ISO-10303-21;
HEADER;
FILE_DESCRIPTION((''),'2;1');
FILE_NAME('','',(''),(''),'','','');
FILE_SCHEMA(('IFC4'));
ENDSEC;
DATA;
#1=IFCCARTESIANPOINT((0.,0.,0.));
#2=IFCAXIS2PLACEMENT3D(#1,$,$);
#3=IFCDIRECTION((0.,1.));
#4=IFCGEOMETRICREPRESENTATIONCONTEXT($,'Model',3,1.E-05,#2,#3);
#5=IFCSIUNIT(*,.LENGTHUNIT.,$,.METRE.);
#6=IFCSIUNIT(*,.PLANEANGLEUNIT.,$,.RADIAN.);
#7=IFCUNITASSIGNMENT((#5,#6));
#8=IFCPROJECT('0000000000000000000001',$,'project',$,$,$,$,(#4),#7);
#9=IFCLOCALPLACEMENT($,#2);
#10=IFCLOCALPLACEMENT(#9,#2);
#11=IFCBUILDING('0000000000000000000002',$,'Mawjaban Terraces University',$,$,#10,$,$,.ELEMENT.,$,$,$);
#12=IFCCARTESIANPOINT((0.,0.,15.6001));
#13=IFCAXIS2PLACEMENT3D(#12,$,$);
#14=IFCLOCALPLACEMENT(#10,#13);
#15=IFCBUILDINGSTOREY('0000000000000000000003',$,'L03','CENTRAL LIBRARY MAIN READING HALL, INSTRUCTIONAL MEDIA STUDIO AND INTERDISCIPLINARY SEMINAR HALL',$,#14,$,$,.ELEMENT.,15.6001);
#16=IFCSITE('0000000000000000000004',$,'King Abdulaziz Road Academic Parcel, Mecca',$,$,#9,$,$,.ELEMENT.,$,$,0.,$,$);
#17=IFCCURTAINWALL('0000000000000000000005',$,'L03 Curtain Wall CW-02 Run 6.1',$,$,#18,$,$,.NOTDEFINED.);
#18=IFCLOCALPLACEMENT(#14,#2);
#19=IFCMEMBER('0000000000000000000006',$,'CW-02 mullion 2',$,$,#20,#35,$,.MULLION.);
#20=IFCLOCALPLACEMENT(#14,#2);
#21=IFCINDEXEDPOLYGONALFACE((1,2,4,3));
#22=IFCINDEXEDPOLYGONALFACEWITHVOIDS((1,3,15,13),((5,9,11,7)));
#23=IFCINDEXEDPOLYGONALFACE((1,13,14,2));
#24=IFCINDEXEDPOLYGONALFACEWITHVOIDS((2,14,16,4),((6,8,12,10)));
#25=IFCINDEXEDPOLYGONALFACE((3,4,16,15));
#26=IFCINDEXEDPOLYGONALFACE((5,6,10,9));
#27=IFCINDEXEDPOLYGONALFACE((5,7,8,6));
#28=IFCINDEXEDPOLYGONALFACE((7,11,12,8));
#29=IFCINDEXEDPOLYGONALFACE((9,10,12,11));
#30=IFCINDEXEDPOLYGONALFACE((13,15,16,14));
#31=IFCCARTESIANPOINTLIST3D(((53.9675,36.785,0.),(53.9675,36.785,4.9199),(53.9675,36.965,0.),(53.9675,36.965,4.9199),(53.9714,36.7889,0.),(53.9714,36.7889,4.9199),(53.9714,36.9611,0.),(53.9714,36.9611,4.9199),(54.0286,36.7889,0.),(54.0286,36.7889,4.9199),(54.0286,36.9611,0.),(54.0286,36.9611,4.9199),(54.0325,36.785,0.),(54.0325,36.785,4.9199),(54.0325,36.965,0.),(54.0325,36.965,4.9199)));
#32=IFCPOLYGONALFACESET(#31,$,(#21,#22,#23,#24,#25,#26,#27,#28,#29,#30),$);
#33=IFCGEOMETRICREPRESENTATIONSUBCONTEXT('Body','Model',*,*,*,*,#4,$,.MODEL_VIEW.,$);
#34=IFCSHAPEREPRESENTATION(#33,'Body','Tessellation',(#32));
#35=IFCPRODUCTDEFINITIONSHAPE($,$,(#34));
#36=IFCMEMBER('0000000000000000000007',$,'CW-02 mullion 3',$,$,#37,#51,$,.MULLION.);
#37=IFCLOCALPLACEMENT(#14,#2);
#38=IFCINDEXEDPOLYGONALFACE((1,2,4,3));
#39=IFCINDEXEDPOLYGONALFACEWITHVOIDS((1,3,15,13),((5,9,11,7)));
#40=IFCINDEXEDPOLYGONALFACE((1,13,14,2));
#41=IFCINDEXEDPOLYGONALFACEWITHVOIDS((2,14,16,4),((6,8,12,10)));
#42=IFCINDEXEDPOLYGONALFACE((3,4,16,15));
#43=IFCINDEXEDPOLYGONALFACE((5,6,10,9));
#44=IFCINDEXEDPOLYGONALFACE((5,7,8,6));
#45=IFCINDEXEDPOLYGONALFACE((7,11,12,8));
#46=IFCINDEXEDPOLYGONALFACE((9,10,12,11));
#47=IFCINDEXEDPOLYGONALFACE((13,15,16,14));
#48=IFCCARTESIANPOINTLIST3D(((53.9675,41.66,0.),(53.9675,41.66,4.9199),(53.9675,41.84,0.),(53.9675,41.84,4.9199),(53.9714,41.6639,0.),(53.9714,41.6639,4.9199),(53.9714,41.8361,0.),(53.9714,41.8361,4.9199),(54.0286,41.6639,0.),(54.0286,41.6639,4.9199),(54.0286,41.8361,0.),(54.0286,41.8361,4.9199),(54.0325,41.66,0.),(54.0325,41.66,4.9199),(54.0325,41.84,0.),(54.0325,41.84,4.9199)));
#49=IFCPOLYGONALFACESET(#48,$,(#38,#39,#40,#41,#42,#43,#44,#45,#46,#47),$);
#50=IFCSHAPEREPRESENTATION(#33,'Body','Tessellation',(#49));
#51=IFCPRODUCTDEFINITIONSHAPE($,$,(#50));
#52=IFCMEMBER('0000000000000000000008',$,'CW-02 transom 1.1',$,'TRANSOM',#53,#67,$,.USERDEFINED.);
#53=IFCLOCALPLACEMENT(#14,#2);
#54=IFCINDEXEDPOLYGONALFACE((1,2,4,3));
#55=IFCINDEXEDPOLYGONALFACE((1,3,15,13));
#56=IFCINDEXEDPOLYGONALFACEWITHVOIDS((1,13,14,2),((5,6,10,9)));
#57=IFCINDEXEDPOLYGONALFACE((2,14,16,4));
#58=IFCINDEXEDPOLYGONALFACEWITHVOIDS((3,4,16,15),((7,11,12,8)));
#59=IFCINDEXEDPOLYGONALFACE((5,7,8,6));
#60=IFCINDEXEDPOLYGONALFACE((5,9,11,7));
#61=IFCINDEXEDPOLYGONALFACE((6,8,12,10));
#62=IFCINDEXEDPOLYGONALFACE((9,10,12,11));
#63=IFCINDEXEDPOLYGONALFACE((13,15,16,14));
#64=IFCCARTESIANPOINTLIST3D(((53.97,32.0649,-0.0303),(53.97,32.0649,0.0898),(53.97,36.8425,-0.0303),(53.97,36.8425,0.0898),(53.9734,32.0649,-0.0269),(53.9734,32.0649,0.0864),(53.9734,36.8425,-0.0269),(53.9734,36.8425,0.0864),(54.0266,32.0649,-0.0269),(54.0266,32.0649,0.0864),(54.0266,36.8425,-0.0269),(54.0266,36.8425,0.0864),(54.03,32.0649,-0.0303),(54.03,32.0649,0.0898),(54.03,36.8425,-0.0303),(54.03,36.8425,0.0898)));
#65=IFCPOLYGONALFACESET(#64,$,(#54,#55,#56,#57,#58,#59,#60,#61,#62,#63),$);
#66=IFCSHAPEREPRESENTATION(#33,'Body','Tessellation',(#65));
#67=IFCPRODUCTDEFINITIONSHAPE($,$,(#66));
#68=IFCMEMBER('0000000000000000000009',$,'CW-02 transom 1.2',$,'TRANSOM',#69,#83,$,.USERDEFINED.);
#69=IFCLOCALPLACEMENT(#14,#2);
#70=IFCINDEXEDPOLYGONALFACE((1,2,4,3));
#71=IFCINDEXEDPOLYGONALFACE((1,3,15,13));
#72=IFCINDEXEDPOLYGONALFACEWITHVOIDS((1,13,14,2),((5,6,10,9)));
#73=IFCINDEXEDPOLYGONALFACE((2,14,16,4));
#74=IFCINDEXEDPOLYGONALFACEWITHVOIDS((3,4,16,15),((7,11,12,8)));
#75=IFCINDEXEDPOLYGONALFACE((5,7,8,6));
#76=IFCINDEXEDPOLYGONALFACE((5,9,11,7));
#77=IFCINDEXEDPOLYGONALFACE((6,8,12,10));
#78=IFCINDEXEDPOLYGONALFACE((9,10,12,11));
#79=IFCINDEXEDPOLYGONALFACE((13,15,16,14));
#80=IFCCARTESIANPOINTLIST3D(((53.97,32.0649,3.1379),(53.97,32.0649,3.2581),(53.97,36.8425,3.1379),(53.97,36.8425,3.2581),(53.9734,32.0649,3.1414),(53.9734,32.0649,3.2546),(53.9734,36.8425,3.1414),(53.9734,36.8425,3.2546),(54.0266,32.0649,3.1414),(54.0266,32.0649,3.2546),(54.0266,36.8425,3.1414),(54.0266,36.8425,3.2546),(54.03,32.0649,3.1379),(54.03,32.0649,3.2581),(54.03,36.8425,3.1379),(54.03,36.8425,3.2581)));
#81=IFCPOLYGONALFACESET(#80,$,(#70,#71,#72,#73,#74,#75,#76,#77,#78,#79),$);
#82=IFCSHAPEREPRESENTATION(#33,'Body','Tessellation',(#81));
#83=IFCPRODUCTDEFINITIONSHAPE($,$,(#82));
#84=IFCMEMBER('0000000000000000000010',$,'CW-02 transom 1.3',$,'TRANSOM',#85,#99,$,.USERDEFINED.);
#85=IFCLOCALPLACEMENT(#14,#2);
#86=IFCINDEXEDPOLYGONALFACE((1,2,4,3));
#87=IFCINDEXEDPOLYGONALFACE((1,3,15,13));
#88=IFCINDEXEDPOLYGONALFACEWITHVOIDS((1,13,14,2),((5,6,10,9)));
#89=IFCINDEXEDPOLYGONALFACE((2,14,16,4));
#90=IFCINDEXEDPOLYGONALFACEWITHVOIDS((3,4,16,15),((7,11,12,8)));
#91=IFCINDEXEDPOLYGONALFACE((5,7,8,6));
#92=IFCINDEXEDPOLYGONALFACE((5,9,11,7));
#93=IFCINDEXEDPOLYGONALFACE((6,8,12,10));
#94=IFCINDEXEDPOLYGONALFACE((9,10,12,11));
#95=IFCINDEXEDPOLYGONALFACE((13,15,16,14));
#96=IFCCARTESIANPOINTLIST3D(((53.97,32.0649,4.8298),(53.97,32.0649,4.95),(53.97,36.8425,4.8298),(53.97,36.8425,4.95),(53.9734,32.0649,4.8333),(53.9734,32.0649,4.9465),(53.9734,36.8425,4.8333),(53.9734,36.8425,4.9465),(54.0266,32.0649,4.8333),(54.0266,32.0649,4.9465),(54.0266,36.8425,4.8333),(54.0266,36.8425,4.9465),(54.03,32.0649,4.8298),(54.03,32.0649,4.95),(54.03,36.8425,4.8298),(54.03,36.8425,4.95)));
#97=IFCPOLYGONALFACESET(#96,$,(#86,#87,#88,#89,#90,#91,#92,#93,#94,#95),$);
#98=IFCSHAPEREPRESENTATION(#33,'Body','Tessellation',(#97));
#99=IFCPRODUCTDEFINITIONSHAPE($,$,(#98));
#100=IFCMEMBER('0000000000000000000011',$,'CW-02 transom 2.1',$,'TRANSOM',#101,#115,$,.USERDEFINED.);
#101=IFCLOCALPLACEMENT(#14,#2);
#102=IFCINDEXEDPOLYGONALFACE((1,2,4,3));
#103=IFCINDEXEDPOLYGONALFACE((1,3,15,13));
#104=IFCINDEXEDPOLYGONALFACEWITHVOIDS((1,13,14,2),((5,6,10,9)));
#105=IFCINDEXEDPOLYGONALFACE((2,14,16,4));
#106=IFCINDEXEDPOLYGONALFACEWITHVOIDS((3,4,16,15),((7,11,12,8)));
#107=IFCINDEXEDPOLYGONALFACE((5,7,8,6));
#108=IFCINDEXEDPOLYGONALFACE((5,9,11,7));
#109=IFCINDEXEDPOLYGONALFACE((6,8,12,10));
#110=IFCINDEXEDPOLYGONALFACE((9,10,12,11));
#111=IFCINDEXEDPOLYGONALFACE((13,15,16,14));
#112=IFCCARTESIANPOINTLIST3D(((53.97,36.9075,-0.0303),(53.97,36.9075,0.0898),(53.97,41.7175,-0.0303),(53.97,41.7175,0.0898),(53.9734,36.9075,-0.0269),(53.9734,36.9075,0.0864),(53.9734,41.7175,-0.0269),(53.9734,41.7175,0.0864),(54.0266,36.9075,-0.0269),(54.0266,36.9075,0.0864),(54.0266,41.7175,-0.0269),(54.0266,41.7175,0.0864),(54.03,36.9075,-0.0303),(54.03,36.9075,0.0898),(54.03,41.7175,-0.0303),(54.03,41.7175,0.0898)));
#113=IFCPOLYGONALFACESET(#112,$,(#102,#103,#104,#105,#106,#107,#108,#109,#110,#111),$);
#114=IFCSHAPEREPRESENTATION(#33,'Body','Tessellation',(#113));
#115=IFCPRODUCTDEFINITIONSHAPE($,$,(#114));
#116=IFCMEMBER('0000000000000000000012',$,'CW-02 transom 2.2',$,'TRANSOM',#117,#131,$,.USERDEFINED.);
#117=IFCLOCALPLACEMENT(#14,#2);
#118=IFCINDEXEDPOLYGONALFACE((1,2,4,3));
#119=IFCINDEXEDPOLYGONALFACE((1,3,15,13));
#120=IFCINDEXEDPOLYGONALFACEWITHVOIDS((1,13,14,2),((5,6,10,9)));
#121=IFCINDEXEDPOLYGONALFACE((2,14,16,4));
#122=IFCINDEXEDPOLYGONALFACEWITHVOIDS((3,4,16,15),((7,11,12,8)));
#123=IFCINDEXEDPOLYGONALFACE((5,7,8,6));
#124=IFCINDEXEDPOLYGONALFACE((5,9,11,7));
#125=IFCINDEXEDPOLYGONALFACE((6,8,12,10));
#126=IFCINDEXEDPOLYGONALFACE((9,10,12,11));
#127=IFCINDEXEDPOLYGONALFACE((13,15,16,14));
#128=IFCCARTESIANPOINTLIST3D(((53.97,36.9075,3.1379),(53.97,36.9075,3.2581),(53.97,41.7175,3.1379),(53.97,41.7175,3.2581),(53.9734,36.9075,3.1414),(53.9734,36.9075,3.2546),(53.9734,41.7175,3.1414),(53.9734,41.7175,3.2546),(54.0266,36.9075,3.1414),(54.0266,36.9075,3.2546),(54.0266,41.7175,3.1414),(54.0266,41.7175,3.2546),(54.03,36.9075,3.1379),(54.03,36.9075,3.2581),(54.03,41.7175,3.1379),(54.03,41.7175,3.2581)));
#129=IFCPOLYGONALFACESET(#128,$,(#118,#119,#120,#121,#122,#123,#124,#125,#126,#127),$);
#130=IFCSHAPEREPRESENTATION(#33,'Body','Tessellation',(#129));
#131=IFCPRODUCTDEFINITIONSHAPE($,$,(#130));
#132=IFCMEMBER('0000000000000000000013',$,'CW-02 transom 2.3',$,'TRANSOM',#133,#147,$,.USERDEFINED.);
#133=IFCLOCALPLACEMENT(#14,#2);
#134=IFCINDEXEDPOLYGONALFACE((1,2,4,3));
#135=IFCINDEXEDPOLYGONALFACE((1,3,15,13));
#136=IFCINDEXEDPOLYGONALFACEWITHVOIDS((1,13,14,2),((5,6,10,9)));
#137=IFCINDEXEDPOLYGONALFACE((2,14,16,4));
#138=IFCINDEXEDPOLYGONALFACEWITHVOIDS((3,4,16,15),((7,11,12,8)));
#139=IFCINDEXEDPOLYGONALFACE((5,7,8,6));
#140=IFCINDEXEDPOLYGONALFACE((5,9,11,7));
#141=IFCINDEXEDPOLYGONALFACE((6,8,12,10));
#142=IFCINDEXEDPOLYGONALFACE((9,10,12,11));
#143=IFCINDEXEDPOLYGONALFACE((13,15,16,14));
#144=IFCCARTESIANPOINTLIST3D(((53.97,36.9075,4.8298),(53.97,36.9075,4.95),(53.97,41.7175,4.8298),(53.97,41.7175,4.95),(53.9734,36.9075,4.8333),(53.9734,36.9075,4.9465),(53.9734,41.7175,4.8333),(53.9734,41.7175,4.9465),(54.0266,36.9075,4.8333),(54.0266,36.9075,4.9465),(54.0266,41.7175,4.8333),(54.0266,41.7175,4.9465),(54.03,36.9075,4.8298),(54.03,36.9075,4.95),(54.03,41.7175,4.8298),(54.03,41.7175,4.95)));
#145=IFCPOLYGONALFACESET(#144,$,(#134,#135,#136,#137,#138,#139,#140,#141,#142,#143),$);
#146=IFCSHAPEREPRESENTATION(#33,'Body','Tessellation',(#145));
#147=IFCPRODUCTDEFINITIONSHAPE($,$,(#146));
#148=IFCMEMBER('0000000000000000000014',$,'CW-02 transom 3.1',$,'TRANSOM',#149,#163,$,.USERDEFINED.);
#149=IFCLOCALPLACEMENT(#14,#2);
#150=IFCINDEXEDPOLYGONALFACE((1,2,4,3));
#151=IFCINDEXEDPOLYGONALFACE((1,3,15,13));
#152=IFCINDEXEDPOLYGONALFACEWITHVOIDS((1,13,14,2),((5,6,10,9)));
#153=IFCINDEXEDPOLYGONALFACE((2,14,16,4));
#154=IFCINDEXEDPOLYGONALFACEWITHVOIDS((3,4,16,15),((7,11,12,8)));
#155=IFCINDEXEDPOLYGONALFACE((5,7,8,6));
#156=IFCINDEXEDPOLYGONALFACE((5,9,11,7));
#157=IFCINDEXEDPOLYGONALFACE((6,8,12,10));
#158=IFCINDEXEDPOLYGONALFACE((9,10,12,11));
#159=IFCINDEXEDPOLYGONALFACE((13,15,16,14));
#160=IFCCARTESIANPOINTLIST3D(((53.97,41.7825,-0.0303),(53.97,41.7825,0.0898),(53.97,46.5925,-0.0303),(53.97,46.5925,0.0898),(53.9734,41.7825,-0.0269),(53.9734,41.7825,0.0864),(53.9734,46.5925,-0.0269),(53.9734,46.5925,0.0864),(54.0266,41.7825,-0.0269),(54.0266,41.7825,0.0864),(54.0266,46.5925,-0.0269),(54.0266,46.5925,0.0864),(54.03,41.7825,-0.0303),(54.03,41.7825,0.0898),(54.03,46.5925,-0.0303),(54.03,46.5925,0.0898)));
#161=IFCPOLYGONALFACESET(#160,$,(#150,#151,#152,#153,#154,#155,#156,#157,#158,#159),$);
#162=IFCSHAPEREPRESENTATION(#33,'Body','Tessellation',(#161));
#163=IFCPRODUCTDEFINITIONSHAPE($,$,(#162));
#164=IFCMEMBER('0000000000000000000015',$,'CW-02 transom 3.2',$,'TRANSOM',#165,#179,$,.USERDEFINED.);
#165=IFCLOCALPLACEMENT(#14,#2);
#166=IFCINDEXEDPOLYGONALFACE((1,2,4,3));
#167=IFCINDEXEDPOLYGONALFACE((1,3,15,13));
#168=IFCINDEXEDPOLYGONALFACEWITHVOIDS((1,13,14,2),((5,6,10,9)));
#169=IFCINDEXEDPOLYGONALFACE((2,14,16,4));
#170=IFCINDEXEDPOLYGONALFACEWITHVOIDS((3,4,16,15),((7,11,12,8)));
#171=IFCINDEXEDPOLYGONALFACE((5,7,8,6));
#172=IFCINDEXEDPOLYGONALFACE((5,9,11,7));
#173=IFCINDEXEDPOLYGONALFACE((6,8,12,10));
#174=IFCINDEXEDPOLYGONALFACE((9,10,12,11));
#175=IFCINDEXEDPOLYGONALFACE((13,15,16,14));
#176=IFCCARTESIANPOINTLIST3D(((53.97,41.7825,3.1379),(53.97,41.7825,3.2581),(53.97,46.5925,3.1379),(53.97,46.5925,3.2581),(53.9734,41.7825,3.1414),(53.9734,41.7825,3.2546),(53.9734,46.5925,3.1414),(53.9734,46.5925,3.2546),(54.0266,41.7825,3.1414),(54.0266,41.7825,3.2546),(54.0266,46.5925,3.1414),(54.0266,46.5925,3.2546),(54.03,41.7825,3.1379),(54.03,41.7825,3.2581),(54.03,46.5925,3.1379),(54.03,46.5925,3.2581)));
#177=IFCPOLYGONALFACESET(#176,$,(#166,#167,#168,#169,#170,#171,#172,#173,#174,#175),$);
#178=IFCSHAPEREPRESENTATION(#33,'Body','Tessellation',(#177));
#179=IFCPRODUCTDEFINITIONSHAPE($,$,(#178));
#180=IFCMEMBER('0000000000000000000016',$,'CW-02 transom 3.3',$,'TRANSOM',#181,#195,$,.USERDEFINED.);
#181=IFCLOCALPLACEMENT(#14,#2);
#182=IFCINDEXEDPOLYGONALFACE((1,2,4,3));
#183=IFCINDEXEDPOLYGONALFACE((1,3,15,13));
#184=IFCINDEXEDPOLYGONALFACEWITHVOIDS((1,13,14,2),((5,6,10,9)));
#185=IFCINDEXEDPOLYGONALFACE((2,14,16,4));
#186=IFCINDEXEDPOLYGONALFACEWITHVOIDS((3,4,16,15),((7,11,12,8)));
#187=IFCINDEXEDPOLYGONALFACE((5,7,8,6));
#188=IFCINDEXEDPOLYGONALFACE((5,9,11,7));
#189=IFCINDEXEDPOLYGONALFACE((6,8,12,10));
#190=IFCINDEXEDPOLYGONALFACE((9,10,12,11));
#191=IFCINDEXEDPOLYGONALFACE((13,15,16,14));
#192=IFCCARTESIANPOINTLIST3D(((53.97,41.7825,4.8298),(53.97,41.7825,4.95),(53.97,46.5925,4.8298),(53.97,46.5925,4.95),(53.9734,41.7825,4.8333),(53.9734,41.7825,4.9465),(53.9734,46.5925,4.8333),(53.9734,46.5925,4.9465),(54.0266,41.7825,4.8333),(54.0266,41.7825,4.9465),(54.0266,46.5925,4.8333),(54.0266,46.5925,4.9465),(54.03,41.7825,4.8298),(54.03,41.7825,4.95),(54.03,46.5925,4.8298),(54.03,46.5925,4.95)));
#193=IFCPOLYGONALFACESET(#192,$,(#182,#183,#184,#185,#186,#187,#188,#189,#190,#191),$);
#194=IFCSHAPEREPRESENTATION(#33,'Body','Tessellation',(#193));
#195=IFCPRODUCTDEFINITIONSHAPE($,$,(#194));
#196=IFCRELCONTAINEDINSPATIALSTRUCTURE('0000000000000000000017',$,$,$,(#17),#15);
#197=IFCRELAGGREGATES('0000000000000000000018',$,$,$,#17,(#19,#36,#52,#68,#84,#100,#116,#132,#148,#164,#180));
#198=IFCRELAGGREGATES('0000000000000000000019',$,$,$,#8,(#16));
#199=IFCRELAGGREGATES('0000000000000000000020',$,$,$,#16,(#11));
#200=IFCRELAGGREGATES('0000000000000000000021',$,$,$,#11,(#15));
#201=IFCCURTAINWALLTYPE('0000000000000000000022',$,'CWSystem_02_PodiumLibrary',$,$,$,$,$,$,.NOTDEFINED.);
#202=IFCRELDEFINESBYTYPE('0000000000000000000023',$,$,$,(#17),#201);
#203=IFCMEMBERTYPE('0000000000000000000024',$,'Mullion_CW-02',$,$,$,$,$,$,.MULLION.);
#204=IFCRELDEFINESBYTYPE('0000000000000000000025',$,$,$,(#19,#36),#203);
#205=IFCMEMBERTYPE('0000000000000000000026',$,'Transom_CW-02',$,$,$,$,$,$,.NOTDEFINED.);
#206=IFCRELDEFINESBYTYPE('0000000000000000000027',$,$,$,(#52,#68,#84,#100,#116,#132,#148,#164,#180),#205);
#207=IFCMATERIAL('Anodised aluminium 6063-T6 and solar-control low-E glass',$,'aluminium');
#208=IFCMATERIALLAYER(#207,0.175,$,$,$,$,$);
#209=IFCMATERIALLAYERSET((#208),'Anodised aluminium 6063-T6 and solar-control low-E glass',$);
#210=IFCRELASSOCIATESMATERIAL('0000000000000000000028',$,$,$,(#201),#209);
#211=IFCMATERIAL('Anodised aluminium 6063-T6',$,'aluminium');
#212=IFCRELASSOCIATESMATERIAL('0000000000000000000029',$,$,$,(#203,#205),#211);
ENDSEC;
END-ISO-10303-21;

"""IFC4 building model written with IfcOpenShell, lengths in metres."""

from ifc_helpers import new_model, si_unit, direction, frame, origin, origin_2d, place, context, subcontext, project, spatial, hollow_rectangle, extrude, material, layer, layer_set, material_profile, profile_set, type_object, element, aggregate, save


model = new_model("IFC4")

# Units and contexts
model_context = context("Model", 3, precision=1e-05, world=origin(), true_north=direction((0.0, 1.0)))
body_context = subcontext(model_context, "Body", "Model", "MODEL_VIEW")
ifc_project = project(units=[si_unit("LENGTHUNIT", "METRE"), si_unit("PLANEANGLEUNIT", "RADIAN")], contexts=[model_context])

# Site, building, storey
site_placement = place(None, origin())
site = spatial("IfcSite", under=ifc_project, at=site_placement, Name="King Abdulaziz Road Academic Parcel, Mecca", CompositionType="ELEMENT", RefElevation=0.0)
building_placement = place(site_placement, origin())
building = spatial("IfcBuilding", under=site, at=building_placement, Name="Mawjaban Terraces University", CompositionType="ELEMENT")
storey_placement = place(building_placement, frame((0.0, 0.0, 15.6001)))
storey = spatial("IfcBuildingStorey", under=building, at=storey_placement, Name="L03", Description="CENTRAL LIBRARY MAIN READING HALL, INSTRUCTIONAL MEDIA STUDIO AND INTERDISCIPLINARY SEMINAR HALL", CompositionType="ELEMENT", Elevation=15.6001)

# Curtain wall, members
ifc_material_1 = material(Name="Anodised aluminium 6063-T6 and solar-control low-E glass", Category="aluminium")
ifc_layer_1 = layer(ifc_material_1, 0.175)
ifc_layer_set_1 = layer_set([ifc_layer_1], Name="Anodised aluminium 6063-T6 and solar-control low-E glass")
curtain_wall_type = type_object("IfcCurtainWallType", Name="CWSystem_02_PodiumLibrary", PredefinedType="NOTDEFINED", material=ifc_layer_set_1)
curtain_wall_placement = place(storey_placement, origin())
curtain_wall = element("IfcCurtainWall", 1, at=curtain_wall_placement, inside=storey, type_object=curtain_wall_type, Name="L03 Curtain Wall CW-02 Run 6.1", PredefinedType="NOTDEFINED")
ifc_material_2 = material(Name="Anodised aluminium 6063-T6", Category="aluminium")
ifc_material_profile_1 = material_profile(ifc_material_2, hollow_rectangle(XDim=0.0649, YDim=0.1799, WallThickness=0.0039, at=origin_2d()), Name="ALU180X65X4")
ifc_profile_set_1 = profile_set([ifc_material_profile_1], Name="Anodised aluminium 6063-T6")
member_type_1 = type_object("IfcMemberType", Name="Mullion_CW-02", PredefinedType="MULLION", material=ifc_profile_set_1)
member_1_placement = place(storey_placement, frame((54.0, 36.875, 0.0), z_axis=(0.0, 0.0, 1.0), x_axis=(-1.0, 0.0, 0.0)))
member_1 = element("IfcMember", 2, at=member_1_placement, type_object=member_type_1, Name="CW-02 mullion 2", PredefinedType="MULLION", context=body_context, shape_type="SweptSolid", body=[
    extrude(hollow_rectangle(XDim=0.0649, YDim=0.1799, WallThickness=0.0039, at=origin_2d()), origin(), (0.0, 0.0, 1.0), 4.9199),
])
member_2_placement = place(storey_placement, frame((54.0, 41.75, 0.0), z_axis=(0.0, 0.0, 1.0), x_axis=(-1.0, 0.0, 0.0)))
member_2 = element("IfcMember", 3, at=member_2_placement, type_object=member_type_1, Name="CW-02 mullion 3", PredefinedType="MULLION", context=body_context, shape_type="SweptSolid", body=[
    extrude(hollow_rectangle(XDim=0.0649, YDim=0.1799, WallThickness=0.0039, at=origin_2d()), origin(), (0.0, 0.0, 1.0), 4.9199),
])
ifc_material_profile_2 = material_profile(ifc_material_2, hollow_rectangle(XDim=0.0601, YDim=0.1201, WallThickness=0.0034, at=origin_2d()), Name="ALU120X60X3.5")
ifc_profile_set_2 = profile_set([ifc_material_profile_2], Name="Anodised aluminium 6063-T6")
member_type_2 = type_object("IfcMemberType", Name="Transom_CW-02", PredefinedType="NOTDEFINED", material=ifc_profile_set_2)
member_3_placement = place(storey_placement, frame((54.0, 32.0649, 0.0298), z_axis=(0.0, 1.0, 0.0), x_axis=(-1.0, 0.0, 0.0)))
member_3 = element("IfcMember", 4, at=member_3_placement, type_object=member_type_2, Name="CW-02 transom 1.1", ObjectType="TRANSOM", PredefinedType="USERDEFINED", context=body_context, shape_type="SweptSolid", body=[
    extrude(hollow_rectangle(XDim=0.0601, YDim=0.1201, WallThickness=0.0034, at=origin_2d()), origin(), (0.0, 0.0, 1.0), 4.7776),
])
member_4_placement = place(storey_placement, frame((54.0, 32.0649, 3.198), z_axis=(0.0, 1.0, 0.0), x_axis=(-1.0, 0.0, 0.0)))
member_4 = element("IfcMember", 5, at=member_4_placement, type_object=member_type_2, Name="CW-02 transom 1.2", ObjectType="TRANSOM", PredefinedType="USERDEFINED", context=body_context, shape_type="SweptSolid", body=[
    extrude(hollow_rectangle(XDim=0.0601, YDim=0.1201, WallThickness=0.0034, at=origin_2d()), origin(), (0.0, 0.0, 1.0), 4.7776),
])
member_5_placement = place(storey_placement, frame((54.0, 32.0649, 4.8899), z_axis=(0.0, 1.0, 0.0), x_axis=(-1.0, 0.0, 0.0)))
member_5 = element("IfcMember", 6, at=member_5_placement, type_object=member_type_2, Name="CW-02 transom 1.3", ObjectType="TRANSOM", PredefinedType="USERDEFINED", context=body_context, shape_type="SweptSolid", body=[
    extrude(hollow_rectangle(XDim=0.0601, YDim=0.1201, WallThickness=0.0034, at=origin_2d()), origin(), (0.0, 0.0, 1.0), 4.7776),
])
member_6_placement = place(storey_placement, frame((54.0, 36.9075, 0.0298), z_axis=(0.0, 1.0, 0.0), x_axis=(-1.0, 0.0, 0.0)))
member_6 = element("IfcMember", 7, at=member_6_placement, type_object=member_type_2, Name="CW-02 transom 2.1", ObjectType="TRANSOM", PredefinedType="USERDEFINED", context=body_context, shape_type="SweptSolid", body=[
    extrude(hollow_rectangle(XDim=0.0601, YDim=0.1201, WallThickness=0.0034, at=origin_2d()), origin(), (0.0, 0.0, 1.0), 4.8101),
])
member_7_placement = place(storey_placement, frame((54.0, 36.9075, 3.198), z_axis=(0.0, 1.0, 0.0), x_axis=(-1.0, 0.0, 0.0)))
member_7 = element("IfcMember", 8, at=member_7_placement, type_object=member_type_2, Name="CW-02 transom 2.2", ObjectType="TRANSOM", PredefinedType="USERDEFINED", context=body_context, shape_type="SweptSolid", body=[
    extrude(hollow_rectangle(XDim=0.0601, YDim=0.1201, WallThickness=0.0034, at=origin_2d()), origin(), (0.0, 0.0, 1.0), 4.8101),
])
member_8_placement = place(storey_placement, frame((54.0, 36.9075, 4.8899), z_axis=(0.0, 1.0, 0.0), x_axis=(-1.0, 0.0, 0.0)))
member_8 = element("IfcMember", 9, at=member_8_placement, type_object=member_type_2, Name="CW-02 transom 2.3", ObjectType="TRANSOM", PredefinedType="USERDEFINED", context=body_context, shape_type="SweptSolid", body=[
    extrude(hollow_rectangle(XDim=0.0601, YDim=0.1201, WallThickness=0.0034, at=origin_2d()), origin(), (0.0, 0.0, 1.0), 4.8101),
])
member_9_placement = place(storey_placement, frame((54.0, 41.7825, 0.0298), z_axis=(0.0, 1.0, 0.0), x_axis=(-1.0, 0.0, 0.0)))
member_9 = element("IfcMember", 10, at=member_9_placement, type_object=member_type_2, Name="CW-02 transom 3.1", ObjectType="TRANSOM", PredefinedType="USERDEFINED", context=body_context, shape_type="SweptSolid", body=[
    extrude(hollow_rectangle(XDim=0.0601, YDim=0.1201, WallThickness=0.0034, at=origin_2d()), origin(), (0.0, 0.0, 1.0), 4.8101),
])
member_10_placement = place(storey_placement, frame((54.0, 41.7825, 3.198), z_axis=(0.0, 1.0, 0.0), x_axis=(-1.0, 0.0, 0.0)))
member_10 = element("IfcMember", 11, at=member_10_placement, type_object=member_type_2, Name="CW-02 transom 3.2", ObjectType="TRANSOM", PredefinedType="USERDEFINED", context=body_context, shape_type="SweptSolid", body=[
    extrude(hollow_rectangle(XDim=0.0601, YDim=0.1201, WallThickness=0.0034, at=origin_2d()), origin(), (0.0, 0.0, 1.0), 4.8101),
])
member_11_placement = place(storey_placement, frame((54.0, 41.7825, 4.8899), z_axis=(0.0, 1.0, 0.0), x_axis=(-1.0, 0.0, 0.0)))
member_11 = element("IfcMember", 12, at=member_11_placement, type_object=member_type_2, Name="CW-02 transom 3.3", ObjectType="TRANSOM", PredefinedType="USERDEFINED", context=body_context, shape_type="SweptSolid", body=[
    extrude(hollow_rectangle(XDim=0.0601, YDim=0.1201, WallThickness=0.0034, at=origin_2d()), origin(), (0.0, 0.0, 1.0), 4.8101),
])
aggregate(curtain_wall, [member_1, member_2, member_3, member_4, member_5, member_6, member_7, member_8, member_9, member_10, member_11])

save(model, "model.ifc")
